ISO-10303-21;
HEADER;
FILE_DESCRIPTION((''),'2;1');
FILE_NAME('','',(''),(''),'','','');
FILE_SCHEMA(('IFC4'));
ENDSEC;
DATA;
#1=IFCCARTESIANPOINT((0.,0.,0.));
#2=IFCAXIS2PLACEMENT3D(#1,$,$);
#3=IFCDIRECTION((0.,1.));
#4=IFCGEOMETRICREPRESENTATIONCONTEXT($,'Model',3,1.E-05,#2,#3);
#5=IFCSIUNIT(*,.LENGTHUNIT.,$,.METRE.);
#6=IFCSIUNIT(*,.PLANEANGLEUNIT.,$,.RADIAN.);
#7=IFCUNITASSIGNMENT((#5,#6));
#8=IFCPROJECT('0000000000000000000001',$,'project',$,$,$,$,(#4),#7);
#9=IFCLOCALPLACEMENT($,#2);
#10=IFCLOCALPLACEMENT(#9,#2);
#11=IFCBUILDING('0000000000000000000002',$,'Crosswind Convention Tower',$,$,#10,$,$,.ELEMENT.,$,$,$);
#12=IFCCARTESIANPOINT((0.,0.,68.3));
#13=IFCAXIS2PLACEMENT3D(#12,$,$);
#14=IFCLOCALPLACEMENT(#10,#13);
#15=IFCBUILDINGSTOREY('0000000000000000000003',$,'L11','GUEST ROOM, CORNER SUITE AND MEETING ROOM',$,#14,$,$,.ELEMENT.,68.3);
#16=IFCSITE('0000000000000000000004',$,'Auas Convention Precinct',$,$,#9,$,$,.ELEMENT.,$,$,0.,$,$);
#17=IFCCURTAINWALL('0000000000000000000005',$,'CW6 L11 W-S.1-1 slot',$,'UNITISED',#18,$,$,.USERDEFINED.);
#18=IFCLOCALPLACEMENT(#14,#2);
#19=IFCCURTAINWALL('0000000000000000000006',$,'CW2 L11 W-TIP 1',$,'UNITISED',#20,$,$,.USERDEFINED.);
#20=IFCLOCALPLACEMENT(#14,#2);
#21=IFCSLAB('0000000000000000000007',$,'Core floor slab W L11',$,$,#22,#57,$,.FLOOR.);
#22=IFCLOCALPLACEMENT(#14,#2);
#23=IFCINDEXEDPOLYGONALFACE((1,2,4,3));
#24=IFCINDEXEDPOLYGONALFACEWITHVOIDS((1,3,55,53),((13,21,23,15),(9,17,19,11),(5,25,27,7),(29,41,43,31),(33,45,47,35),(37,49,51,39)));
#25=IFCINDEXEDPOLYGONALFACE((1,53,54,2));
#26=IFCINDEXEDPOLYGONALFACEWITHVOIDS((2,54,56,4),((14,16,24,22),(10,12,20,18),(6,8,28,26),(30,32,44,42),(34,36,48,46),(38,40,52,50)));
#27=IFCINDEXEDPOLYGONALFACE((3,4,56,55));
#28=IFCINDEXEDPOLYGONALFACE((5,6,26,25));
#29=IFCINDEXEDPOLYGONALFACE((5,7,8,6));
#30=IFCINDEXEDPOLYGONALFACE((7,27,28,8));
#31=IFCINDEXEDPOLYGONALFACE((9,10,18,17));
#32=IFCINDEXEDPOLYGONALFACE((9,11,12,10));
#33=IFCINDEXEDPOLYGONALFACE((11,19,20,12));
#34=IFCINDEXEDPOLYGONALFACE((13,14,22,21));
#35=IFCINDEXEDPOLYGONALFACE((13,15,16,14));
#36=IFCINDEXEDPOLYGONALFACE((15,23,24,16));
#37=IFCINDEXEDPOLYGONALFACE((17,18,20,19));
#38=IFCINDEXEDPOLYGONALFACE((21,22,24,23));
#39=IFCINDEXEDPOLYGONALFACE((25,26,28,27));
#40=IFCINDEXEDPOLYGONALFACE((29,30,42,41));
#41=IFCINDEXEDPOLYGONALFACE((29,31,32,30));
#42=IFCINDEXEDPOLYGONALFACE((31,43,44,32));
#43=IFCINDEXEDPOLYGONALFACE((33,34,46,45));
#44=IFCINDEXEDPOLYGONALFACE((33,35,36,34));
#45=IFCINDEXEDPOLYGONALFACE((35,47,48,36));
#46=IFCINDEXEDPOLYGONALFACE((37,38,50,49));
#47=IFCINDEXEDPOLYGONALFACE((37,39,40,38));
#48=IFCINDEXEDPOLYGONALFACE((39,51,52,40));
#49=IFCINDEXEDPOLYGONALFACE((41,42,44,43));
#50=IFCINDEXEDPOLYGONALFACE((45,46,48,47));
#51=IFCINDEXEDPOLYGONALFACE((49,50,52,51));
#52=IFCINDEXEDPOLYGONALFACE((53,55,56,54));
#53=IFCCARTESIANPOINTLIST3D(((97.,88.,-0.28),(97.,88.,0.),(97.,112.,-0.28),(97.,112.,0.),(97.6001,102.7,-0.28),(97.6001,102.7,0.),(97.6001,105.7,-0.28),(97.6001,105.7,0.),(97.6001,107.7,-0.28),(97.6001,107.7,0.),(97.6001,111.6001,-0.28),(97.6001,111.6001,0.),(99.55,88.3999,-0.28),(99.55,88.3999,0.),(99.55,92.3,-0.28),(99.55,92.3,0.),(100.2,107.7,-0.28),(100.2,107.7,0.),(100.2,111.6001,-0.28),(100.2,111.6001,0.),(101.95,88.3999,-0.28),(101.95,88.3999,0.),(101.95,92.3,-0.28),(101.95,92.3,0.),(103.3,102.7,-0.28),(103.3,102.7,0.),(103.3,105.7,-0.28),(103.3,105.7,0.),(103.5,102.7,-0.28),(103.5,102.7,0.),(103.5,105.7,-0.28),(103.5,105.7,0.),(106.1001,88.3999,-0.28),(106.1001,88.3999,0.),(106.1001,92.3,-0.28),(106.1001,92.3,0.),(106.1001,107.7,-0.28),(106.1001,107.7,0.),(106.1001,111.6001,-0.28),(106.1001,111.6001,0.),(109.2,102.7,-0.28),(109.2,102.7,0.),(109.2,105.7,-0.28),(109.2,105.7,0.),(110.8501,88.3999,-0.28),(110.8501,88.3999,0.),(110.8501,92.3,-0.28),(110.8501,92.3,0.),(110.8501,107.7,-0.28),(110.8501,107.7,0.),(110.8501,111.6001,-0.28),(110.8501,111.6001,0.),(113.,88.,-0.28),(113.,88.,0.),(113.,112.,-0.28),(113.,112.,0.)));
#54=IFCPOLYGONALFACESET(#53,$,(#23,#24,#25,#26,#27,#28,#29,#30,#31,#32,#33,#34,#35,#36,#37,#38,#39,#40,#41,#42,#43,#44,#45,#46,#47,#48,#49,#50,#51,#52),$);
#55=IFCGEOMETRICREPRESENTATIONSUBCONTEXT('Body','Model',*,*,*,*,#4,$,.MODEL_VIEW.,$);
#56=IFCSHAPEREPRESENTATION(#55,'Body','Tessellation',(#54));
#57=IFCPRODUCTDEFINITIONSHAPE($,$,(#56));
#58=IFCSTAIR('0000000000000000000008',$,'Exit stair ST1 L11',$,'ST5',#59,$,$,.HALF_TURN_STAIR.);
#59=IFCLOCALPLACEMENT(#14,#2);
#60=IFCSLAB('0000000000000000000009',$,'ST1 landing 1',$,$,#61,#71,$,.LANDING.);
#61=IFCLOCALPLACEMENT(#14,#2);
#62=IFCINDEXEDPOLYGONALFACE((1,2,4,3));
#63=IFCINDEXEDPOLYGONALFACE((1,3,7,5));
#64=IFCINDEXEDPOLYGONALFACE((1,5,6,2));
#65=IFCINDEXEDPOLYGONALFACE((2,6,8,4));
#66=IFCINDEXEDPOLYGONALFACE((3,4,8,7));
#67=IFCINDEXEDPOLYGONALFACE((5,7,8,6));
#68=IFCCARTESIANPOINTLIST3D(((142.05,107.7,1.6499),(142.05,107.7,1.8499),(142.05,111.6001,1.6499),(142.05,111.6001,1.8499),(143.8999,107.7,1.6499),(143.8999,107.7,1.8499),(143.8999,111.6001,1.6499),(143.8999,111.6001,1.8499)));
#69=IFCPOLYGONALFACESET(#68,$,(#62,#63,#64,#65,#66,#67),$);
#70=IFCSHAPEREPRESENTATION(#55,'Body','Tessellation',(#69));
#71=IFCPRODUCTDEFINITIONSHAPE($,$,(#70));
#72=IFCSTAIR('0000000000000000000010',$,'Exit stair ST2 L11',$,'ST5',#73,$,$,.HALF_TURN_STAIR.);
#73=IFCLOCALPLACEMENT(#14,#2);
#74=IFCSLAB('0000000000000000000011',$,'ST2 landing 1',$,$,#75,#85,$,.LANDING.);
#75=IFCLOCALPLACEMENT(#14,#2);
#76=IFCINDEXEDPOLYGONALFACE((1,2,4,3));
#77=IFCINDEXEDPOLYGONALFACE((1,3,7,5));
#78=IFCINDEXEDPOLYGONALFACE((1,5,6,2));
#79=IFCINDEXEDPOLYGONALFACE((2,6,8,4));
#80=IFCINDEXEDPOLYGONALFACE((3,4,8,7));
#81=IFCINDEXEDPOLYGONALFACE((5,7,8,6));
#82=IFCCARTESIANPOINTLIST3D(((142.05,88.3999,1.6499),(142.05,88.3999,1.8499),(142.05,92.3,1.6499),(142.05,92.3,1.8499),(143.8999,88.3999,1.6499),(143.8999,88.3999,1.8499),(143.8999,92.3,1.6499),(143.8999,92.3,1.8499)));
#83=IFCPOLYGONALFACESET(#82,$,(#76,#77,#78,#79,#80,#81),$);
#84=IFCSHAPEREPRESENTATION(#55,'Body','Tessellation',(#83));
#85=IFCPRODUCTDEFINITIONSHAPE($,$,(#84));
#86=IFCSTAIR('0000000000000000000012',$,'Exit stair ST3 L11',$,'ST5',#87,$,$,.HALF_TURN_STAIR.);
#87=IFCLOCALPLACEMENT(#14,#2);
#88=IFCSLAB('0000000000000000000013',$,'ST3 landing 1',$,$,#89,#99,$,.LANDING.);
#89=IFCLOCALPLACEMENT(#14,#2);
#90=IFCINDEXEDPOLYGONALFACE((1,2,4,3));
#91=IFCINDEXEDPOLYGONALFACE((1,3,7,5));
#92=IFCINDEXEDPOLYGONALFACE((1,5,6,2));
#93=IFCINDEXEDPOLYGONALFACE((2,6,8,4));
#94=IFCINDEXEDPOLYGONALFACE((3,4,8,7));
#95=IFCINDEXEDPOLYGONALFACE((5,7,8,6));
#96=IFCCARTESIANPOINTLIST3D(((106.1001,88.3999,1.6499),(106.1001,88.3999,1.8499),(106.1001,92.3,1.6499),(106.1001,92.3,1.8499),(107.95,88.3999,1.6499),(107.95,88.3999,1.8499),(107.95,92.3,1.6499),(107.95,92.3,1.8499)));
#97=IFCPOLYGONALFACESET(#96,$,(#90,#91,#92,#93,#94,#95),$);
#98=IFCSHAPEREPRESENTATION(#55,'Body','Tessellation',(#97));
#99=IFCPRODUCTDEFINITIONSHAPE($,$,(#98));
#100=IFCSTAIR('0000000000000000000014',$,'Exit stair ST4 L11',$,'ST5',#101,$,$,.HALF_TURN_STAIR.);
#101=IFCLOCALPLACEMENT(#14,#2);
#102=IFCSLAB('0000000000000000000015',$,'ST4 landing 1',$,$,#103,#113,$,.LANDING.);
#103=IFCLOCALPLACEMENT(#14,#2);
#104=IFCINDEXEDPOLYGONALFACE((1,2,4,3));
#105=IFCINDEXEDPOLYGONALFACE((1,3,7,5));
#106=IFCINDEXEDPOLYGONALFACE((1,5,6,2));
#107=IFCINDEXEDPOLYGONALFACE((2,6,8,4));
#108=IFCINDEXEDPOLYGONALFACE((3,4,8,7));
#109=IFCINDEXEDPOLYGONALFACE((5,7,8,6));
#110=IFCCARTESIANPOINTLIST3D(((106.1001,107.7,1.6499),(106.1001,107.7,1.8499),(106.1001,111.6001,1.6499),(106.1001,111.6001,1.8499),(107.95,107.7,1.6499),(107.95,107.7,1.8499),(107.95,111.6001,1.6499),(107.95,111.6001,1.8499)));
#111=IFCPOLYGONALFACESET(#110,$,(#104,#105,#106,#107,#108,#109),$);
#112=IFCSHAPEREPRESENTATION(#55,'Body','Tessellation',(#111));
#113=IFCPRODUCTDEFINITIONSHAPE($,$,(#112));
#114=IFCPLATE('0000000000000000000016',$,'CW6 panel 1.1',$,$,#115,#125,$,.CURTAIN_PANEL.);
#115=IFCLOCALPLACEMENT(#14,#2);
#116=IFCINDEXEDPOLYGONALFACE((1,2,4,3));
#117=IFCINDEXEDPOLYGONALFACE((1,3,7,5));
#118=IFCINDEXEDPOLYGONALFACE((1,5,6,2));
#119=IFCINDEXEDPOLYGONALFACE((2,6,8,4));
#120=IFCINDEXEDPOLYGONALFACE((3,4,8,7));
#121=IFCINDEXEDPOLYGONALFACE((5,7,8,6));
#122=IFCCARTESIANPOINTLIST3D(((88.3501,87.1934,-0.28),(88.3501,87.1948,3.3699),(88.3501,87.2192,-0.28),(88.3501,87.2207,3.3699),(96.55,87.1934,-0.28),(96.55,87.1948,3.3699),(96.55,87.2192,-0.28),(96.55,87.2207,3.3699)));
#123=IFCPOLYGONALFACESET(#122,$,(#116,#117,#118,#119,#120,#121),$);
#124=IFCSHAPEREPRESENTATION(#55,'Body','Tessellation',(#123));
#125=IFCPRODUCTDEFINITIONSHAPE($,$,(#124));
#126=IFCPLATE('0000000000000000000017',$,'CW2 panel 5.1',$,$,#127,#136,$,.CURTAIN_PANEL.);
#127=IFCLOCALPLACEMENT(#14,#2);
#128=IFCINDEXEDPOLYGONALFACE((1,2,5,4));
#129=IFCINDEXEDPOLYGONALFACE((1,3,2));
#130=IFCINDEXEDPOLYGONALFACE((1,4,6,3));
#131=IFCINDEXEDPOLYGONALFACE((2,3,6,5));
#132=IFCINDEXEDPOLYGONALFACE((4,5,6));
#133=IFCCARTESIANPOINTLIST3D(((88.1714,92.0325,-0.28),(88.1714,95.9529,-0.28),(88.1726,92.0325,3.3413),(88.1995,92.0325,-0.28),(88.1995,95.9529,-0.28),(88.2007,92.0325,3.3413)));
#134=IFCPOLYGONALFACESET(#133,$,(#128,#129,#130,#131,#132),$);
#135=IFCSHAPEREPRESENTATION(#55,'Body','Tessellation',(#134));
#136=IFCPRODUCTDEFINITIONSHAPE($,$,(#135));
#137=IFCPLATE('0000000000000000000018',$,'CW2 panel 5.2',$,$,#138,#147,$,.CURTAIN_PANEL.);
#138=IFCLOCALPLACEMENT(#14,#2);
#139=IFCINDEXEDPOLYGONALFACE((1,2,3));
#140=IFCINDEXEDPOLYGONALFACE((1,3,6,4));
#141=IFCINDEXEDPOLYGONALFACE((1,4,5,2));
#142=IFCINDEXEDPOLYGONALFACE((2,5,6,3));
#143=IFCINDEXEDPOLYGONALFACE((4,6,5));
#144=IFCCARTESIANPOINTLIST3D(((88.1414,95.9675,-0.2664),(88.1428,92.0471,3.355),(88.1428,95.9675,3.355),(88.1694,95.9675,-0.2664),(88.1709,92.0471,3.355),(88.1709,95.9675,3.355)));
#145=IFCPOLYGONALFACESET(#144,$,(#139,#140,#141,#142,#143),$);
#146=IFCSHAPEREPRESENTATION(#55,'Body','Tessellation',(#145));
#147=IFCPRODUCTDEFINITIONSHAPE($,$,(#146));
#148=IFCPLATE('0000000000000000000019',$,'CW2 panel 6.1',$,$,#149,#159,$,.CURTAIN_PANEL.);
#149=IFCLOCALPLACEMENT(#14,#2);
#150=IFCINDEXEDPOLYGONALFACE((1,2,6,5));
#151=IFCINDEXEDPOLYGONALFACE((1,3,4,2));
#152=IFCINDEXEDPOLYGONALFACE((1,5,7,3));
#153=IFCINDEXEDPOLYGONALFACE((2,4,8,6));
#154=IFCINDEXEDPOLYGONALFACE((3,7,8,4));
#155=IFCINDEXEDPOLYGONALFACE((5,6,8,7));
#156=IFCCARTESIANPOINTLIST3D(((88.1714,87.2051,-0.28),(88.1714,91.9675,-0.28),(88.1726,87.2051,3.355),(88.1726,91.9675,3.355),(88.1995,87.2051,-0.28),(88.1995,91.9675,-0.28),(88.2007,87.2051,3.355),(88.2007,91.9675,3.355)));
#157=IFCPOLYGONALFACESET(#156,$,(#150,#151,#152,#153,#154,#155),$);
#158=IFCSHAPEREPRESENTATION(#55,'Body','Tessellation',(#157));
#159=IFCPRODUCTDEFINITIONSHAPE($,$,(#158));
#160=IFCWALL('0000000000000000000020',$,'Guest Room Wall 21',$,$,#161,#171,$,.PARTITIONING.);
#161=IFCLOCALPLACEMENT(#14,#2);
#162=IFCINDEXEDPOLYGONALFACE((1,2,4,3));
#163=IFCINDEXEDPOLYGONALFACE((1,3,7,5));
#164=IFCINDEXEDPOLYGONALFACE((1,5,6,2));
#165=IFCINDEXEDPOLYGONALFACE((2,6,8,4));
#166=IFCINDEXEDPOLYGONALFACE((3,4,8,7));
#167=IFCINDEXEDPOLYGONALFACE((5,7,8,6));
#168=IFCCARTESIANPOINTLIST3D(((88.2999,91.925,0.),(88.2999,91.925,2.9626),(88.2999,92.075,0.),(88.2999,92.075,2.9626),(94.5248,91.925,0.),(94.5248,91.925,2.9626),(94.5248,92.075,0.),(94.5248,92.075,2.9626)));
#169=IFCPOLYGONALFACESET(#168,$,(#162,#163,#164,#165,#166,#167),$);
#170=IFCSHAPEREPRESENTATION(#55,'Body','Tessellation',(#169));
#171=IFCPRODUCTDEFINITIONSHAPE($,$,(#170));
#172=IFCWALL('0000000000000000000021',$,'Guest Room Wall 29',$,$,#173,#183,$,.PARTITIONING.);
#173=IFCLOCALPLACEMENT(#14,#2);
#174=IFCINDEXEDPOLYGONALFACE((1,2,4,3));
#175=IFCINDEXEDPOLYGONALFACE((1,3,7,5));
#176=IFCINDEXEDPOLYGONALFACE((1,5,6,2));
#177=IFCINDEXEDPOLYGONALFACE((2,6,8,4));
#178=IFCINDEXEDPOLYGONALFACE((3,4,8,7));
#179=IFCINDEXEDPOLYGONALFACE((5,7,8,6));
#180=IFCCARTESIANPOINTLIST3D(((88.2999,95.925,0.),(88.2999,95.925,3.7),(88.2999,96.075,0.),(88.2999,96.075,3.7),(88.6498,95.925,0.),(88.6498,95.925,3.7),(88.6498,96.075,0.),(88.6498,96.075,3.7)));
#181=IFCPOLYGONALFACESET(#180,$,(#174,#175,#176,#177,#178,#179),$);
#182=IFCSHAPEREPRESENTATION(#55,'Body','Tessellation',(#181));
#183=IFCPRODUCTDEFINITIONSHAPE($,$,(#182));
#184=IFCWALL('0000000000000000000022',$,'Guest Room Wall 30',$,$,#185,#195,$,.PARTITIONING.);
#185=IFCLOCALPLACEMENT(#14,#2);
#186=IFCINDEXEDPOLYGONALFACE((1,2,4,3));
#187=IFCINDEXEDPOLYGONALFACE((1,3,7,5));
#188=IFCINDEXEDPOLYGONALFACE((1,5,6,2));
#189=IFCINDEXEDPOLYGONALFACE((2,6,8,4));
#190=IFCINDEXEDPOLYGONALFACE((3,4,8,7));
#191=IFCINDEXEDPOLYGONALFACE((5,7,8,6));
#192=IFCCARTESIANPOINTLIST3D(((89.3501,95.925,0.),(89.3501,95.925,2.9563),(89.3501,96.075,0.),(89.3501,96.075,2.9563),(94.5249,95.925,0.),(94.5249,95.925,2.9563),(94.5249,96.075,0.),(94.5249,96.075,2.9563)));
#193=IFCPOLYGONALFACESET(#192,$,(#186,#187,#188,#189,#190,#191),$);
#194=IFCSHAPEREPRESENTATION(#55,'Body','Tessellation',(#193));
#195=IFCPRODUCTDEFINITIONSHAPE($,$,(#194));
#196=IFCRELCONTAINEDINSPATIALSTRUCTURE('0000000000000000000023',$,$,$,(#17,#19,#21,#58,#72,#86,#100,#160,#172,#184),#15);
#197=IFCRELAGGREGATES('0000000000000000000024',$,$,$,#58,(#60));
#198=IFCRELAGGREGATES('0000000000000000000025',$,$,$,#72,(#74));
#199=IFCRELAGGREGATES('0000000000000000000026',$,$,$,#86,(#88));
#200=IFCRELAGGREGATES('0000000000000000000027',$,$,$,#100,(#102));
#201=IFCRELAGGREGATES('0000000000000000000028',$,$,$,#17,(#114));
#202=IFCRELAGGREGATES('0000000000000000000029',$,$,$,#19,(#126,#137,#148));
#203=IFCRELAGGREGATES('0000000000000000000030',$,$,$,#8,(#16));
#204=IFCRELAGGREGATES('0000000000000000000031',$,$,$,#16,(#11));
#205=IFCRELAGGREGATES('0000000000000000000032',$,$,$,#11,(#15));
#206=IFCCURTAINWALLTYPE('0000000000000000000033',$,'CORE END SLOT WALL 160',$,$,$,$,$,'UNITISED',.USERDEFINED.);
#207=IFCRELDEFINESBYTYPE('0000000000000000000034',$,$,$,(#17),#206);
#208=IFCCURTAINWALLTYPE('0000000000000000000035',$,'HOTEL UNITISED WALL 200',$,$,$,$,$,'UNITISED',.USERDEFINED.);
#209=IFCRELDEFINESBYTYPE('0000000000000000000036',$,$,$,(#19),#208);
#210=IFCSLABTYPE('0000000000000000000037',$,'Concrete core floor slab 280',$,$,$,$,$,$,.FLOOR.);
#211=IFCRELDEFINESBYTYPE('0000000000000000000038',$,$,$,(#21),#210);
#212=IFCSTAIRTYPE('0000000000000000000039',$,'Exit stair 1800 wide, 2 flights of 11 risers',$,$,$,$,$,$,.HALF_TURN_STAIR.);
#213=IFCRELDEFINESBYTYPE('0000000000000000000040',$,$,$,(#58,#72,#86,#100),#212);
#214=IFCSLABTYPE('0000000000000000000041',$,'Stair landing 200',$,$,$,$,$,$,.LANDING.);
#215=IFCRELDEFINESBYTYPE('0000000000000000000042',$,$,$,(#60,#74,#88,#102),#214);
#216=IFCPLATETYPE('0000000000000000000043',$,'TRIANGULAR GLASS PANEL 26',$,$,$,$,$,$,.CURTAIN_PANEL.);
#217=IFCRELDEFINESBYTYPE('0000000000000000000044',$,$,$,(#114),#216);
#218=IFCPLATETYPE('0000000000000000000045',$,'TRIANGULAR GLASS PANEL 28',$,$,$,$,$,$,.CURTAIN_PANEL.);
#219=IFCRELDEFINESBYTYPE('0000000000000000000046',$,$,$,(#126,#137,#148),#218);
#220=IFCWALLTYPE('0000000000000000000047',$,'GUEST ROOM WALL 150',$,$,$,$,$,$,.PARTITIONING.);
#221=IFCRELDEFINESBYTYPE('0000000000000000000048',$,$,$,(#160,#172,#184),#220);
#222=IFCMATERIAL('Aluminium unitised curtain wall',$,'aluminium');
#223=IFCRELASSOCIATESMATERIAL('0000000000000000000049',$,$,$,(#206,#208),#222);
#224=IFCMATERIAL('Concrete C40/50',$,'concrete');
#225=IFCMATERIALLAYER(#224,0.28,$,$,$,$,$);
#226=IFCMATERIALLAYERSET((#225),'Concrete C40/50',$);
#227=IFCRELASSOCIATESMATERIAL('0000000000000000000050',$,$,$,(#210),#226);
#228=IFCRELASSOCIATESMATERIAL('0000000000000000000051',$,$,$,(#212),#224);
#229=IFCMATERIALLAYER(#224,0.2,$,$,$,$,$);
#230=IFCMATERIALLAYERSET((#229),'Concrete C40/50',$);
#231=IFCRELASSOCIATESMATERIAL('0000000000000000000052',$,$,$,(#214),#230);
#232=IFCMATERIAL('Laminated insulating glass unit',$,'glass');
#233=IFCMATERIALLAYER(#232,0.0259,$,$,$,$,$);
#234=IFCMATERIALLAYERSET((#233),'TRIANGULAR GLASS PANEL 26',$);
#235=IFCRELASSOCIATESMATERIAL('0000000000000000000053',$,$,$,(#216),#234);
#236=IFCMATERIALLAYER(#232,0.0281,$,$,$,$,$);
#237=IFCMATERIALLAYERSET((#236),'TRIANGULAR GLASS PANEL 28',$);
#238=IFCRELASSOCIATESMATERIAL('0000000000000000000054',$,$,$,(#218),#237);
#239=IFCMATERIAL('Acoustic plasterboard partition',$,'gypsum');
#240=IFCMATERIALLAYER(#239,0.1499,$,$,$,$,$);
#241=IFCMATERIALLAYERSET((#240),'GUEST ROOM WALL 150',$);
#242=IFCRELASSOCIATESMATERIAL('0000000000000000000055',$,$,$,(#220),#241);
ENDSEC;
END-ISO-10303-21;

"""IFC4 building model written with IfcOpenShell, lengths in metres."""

from ifc_helpers import new_model, si_unit, direction, frame, frame_2d, origin, place, context, subcontext, project, spatial, polyline, rectangle, outline, extrude, material, layer, layer_set, type_object, element, aggregate, save


model = new_model("IFC4")

# Units and contexts
model_context = context("Model", 3, precision=1e-05, world=origin(), true_north=direction((0.0, 1.0)))
body_context = subcontext(model_context, "Body", "Model", "MODEL_VIEW")
ifc_project = project(units=[si_unit("LENGTHUNIT", "METRE"), si_unit("PLANEANGLEUNIT", "RADIAN")], contexts=[model_context])

# Site, building, storey
site_placement = place(None, origin())
site = spatial("IfcSite", under=ifc_project, at=site_placement, Name="Auas Convention Precinct", CompositionType="ELEMENT", RefElevation=0.0)
building_placement = place(site_placement, origin())
building = spatial("IfcBuilding", under=site, at=building_placement, Name="Crosswind Convention Tower", CompositionType="ELEMENT")
storey_placement = place(building_placement, frame((0.0, 0.0, 68.3)))
storey = spatial("IfcBuildingStorey", under=building, at=storey_placement, Name="L11", Description="GUEST ROOM, CORNER SUITE AND MEETING ROOM", CompositionType="ELEMENT", Elevation=68.3)

# Curtain wall
ifc_material_1 = material(Name="Aluminium unitised curtain wall", Category="aluminium")
curtain_wall_type_1 = type_object("IfcCurtainWallType", Name="CORE END SLOT WALL 160", ElementType="UNITISED", PredefinedType="USERDEFINED", material=ifc_material_1)
curtain_wall_1_placement = place(storey_placement, origin())
curtain_wall_1 = element("IfcCurtainWall", 1, at=curtain_wall_1_placement, inside=storey, type_object=curtain_wall_type_1, Name="CW6 L11 W-S.1-1 slot", ObjectType="UNITISED", PredefinedType="USERDEFINED")

# Curtain wall
curtain_wall_type_2 = type_object("IfcCurtainWallType", Name="HOTEL UNITISED WALL 200", ElementType="UNITISED", PredefinedType="USERDEFINED", material=ifc_material_1)
curtain_wall_2_placement = place(storey_placement, origin())
curtain_wall_2 = element("IfcCurtainWall", 2, at=curtain_wall_2_placement, inside=storey, type_object=curtain_wall_type_2, Name="CW2 L11 W-TIP 1", ObjectType="UNITISED", PredefinedType="USERDEFINED")

# Slab
ifc_material_2 = material(Name="Concrete C40/50", Category="concrete")
ifc_layer_1 = layer(ifc_material_2, 0.28)
ifc_layer_set_1 = layer_set([ifc_layer_1], Name="Concrete C40/50")
slab_type_1 = type_object("IfcSlabType", Name="Concrete core floor slab 280", PredefinedType="FLOOR", material=ifc_layer_set_1)
slab_1_placement = place(storey_placement, frame((0.0, 0.0, -0.28)))
element("IfcSlab", 3, at=slab_1_placement, inside=storey, type_object=slab_type_1, Name="Core floor slab W L11", PredefinedType="FLOOR", context=body_context, shape_type="SweptSolid", body=[
    extrude(outline(polyline([(97.0, 88.0), (113.0, 88.0), (113.0, 112.0), (97.0, 112.0), (97.0, 88.0)]), holes=[polyline([(109.2, 102.7), (109.2, 105.7), (103.5, 105.7), (103.5, 102.7), (109.2, 102.7)]), polyline([(103.3, 102.7), (103.3, 105.7), (97.6001, 105.7), (97.6001, 102.7), (103.3, 102.7)]), polyline([(101.95, 88.3999), (101.95, 92.3), (99.55, 92.3), (99.55, 88.3999), (101.95, 88.3999)]), polyline([(100.2, 107.7), (100.2, 111.6001), (97.6001, 111.6001), (97.6001, 107.7), (100.2, 107.7)]), polyline([(110.8501, 88.3999), (110.8501, 92.3), (106.1001, 92.3), (106.1001, 88.3999), (110.8501, 88.3999)]), polyline([(110.8501, 107.7), (110.8501, 111.6001), (106.1001, 111.6001), (106.1001, 107.7), (110.8501, 107.7)])]), origin(), (0.0, 0.0, 1.0), 0.28),
])

# Stairs, slabs
stair_type = type_object("IfcStairType", Name="Exit stair 1800 wide, 2 flights of 11 risers", PredefinedType="HALF_TURN_STAIR", material=ifc_material_2)
stair_1_placement = place(storey_placement, origin())
stair_1 = element("IfcStair", 4, at=stair_1_placement, inside=storey, type_object=stair_type, Name="Exit stair ST1 L11", ObjectType="ST5", PredefinedType="HALF_TURN_STAIR")
ifc_layer_2 = layer(ifc_material_2, 0.2)
ifc_layer_set_2 = layer_set([ifc_layer_2], Name="Concrete C40/50")
slab_type_2 = type_object("IfcSlabType", Name="Stair landing 200", PredefinedType="LANDING", material=ifc_layer_set_2)
slab_2_placement = place(storey_placement, frame((0.0, 0.0, 1.6499)))
slab_2 = element("IfcSlab", 5, at=slab_2_placement, type_object=slab_type_2, Name="ST1 landing 1", PredefinedType="LANDING", context=body_context, shape_type="SweptSolid", body=[
    extrude(outline(polyline([(143.8999, 107.7), (143.8999, 111.6001), (142.05, 111.6001), (142.05, 107.7), (143.8999, 107.7)])), origin(), (0.0, 0.0, 1.0), 0.2),
])
aggregate(stair_1, [slab_2])
stair_2_placement = place(storey_placement, origin())
stair_2 = element("IfcStair", 6, at=stair_2_placement, inside=storey, type_object=stair_type, Name="Exit stair ST2 L11", ObjectType="ST5", PredefinedType="HALF_TURN_STAIR")
slab_3_placement = place(storey_placement, frame((0.0, 0.0, 1.6499)))
slab_3 = element("IfcSlab", 7, at=slab_3_placement, type_object=slab_type_2, Name="ST2 landing 1", PredefinedType="LANDING", context=body_context, shape_type="SweptSolid", body=[
    extrude(outline(polyline([(143.8999, 88.3999), (143.8999, 92.3), (142.05, 92.3), (142.05, 88.3999), (143.8999, 88.3999)])), origin(), (0.0, 0.0, 1.0), 0.2),
])
aggregate(stair_2, [slab_3])
stair_3_placement = place(storey_placement, origin())
stair_3 = element("IfcStair", 8, at=stair_3_placement, inside=storey, type_object=stair_type, Name="Exit stair ST3 L11", ObjectType="ST5", PredefinedType="HALF_TURN_STAIR")
slab_4_placement = place(storey_placement, frame((0.0, 0.0, 1.6499)))
slab_4 = element("IfcSlab", 9, at=slab_4_placement, type_object=slab_type_2, Name="ST3 landing 1", PredefinedType="LANDING", context=body_context, shape_type="SweptSolid", body=[
    extrude(outline(polyline([(107.95, 88.3999), (107.95, 92.3), (106.1001, 92.3), (106.1001, 88.3999), (107.95, 88.3999)])), origin(), (0.0, 0.0, 1.0), 0.2),
])
aggregate(stair_3, [slab_4])
stair_4_placement = place(storey_placement, origin())
stair_4 = element("IfcStair", 10, at=stair_4_placement, inside=storey, type_object=stair_type, Name="Exit stair ST4 L11", ObjectType="ST5", PredefinedType="HALF_TURN_STAIR")
slab_5_placement = place(storey_placement, frame((0.0, 0.0, 1.6499)))
slab_5 = element("IfcSlab", 11, at=slab_5_placement, type_object=slab_type_2, Name="ST4 landing 1", PredefinedType="LANDING", context=body_context, shape_type="SweptSolid", body=[
    extrude(outline(polyline([(107.95, 107.7), (107.95, 111.6001), (106.1001, 111.6001), (106.1001, 107.7), (107.95, 107.7)])), origin(), (0.0, 0.0, 1.0), 0.2),
])
aggregate(stair_4, [slab_5])

# Plates
ifc_material_3 = material(Name="Laminated insulating glass unit", Category="glass")
ifc_layer_3 = layer(ifc_material_3, 0.0259)
ifc_layer_set_3 = layer_set([ifc_layer_3], Name="TRIANGULAR GLASS PANEL 26")
plate_type_1 = type_object("IfcPlateType", Name="TRIANGULAR GLASS PANEL 26", PredefinedType="CURTAIN_PANEL", material=ifc_layer_set_3)
plate_1_placement = place(storey_placement, frame((88.3501, 87.1934, -0.28), z_axis=(0.0, -1.0, 0.000401), x_axis=(1.0, 0.0, 0.0)))
plate_1 = element("IfcPlate", 12, at=plate_1_placement, type_object=plate_type_1, Name="CW6 panel 1.1", PredefinedType="CURTAIN_PANEL", context=body_context, shape_type="SweptSolid", body=[
    extrude(outline(polyline([(0.0, 0.0), (8.2, 0.0), (8.2, 3.6499), (0.0, 3.6499), (0.0, 0.0)])), origin(), (0.0, 0.0, -1.0), 0.0259),
])
aggregate(curtain_wall_1, [plate_1])
ifc_layer_4 = layer(ifc_material_3, 0.0281)
ifc_layer_set_4 = layer_set([ifc_layer_4], Name="TRIANGULAR GLASS PANEL 28")
plate_type_2 = type_object("IfcPlateType", Name="TRIANGULAR GLASS PANEL 28", PredefinedType="CURTAIN_PANEL", material=ifc_layer_set_4)
plate_2_placement = place(storey_placement, frame((88.1714, 92.0325, -0.28), z_axis=(-1.0, 0.0, 0.000337), x_axis=(0.000337, 0.0, 1.0)))
plate_2 = element("IfcPlate", 13, at=plate_2_placement, type_object=plate_type_2, Name="CW2 panel 5.1", PredefinedType="CURTAIN_PANEL", context=body_context, shape_type="SweptSolid", body=[
    extrude(outline(polyline([(0.0, 0.0), (3.6213, 0.0), (0.0, 3.9204), (0.0, 0.0)])), origin(), (0.0, 0.0, -1.0), 0.0281),
])
plate_3_placement = place(storey_placement, frame((88.1428, 95.9675, 3.355), z_axis=(-1.0, 0.0, 0.000405), x_axis=(-0.000405, 0.0, -1.0)))
plate_3 = element("IfcPlate", 14, at=plate_3_placement, type_object=plate_type_2, Name="CW2 panel 5.2", PredefinedType="CURTAIN_PANEL", context=body_context, shape_type="SweptSolid", body=[
    extrude(outline(polyline([(0.0, 0.0), (3.6213, 0.0), (0.0, 3.9204), (0.0, 0.0)])), origin(), (0.0, 0.0, -1.0), 0.0281),
])
plate_4_placement = place(storey_placement, frame((88.1714, 91.9675, -0.28), z_axis=(-1.0, 0.0, 0.000336), x_axis=(0.0, -1.0, 0.0)))
plate_4 = element("IfcPlate", 15, at=plate_4_placement, type_object=plate_type_2, Name="CW2 panel 6.1", PredefinedType="CURTAIN_PANEL", context=body_context, shape_type="SweptSolid", body=[
    extrude(outline(polyline([(0.0, 0.0), (4.7625, 0.0), (4.7625, 3.635), (0.0, 3.635), (0.0, 0.0)])), origin(), (0.0, 0.0, -1.0), 0.0281),
])
aggregate(curtain_wall_2, [plate_2, plate_3, plate_4])

# Walls
ifc_material_4 = material(Name="Acoustic plasterboard partition", Category="gypsum")
ifc_layer_5 = layer(ifc_material_4, 0.1499)
ifc_layer_set_5 = layer_set([ifc_layer_5], Name="GUEST ROOM WALL 150")
wall_type_1 = type_object("IfcWallType", Name="GUEST ROOM WALL 150", PredefinedType="PARTITIONING", material=ifc_layer_set_5)
wall_1_placement = place(storey_placement, frame((88.3, 92.0, 0.0), z_axis=(0.0, 0.0, 1.0), x_axis=(1.0, 0.0, 0.0)))
element("IfcWall", 16, at=wall_1_placement, inside=storey, type_object=wall_type_1, Name="Guest Room Wall 21", PredefinedType="PARTITIONING", context=body_context, shape_type="SweptSolid", body=[
    extrude(rectangle(XDim=6.2249, YDim=0.1499, at=frame_2d((3.1123, 0.0))), origin(), (0.0, 0.0, 1.0), 2.9626),
])
wall_2_placement = place(storey_placement, frame((88.3, 96.0, 0.0), z_axis=(0.0, 0.0, 1.0), x_axis=(1.0, 0.0, 0.0)))
element("IfcWall", 17, at=wall_2_placement, inside=storey, type_object=wall_type_1, Name="Guest Room Wall 29", PredefinedType="PARTITIONING", context=body_context, shape_type="SweptSolid", body=[
    extrude(rectangle(XDim=0.3499, YDim=0.1499, at=frame_2d((0.1748, 0.0))), origin(), (0.0, 0.0, 1.0), 3.7),
])
wall_3_placement = place(storey_placement, frame((89.3501, 96.0, 0.0), z_axis=(0.0, 0.0, 1.0), x_axis=(1.0, 0.0, 0.0)))
element("IfcWall", 18, at=wall_3_placement, inside=storey, type_object=wall_type_1, Name="Guest Room Wall 30", PredefinedType="PARTITIONING", context=body_context, shape_type="SweptSolid", body=[
    extrude(rectangle(XDim=5.1748, YDim=0.1499, at=frame_2d((2.5874, 0.0))), origin(), (0.0, 0.0, 1.0), 2.9563),
])

save(model, "model.ifc")
